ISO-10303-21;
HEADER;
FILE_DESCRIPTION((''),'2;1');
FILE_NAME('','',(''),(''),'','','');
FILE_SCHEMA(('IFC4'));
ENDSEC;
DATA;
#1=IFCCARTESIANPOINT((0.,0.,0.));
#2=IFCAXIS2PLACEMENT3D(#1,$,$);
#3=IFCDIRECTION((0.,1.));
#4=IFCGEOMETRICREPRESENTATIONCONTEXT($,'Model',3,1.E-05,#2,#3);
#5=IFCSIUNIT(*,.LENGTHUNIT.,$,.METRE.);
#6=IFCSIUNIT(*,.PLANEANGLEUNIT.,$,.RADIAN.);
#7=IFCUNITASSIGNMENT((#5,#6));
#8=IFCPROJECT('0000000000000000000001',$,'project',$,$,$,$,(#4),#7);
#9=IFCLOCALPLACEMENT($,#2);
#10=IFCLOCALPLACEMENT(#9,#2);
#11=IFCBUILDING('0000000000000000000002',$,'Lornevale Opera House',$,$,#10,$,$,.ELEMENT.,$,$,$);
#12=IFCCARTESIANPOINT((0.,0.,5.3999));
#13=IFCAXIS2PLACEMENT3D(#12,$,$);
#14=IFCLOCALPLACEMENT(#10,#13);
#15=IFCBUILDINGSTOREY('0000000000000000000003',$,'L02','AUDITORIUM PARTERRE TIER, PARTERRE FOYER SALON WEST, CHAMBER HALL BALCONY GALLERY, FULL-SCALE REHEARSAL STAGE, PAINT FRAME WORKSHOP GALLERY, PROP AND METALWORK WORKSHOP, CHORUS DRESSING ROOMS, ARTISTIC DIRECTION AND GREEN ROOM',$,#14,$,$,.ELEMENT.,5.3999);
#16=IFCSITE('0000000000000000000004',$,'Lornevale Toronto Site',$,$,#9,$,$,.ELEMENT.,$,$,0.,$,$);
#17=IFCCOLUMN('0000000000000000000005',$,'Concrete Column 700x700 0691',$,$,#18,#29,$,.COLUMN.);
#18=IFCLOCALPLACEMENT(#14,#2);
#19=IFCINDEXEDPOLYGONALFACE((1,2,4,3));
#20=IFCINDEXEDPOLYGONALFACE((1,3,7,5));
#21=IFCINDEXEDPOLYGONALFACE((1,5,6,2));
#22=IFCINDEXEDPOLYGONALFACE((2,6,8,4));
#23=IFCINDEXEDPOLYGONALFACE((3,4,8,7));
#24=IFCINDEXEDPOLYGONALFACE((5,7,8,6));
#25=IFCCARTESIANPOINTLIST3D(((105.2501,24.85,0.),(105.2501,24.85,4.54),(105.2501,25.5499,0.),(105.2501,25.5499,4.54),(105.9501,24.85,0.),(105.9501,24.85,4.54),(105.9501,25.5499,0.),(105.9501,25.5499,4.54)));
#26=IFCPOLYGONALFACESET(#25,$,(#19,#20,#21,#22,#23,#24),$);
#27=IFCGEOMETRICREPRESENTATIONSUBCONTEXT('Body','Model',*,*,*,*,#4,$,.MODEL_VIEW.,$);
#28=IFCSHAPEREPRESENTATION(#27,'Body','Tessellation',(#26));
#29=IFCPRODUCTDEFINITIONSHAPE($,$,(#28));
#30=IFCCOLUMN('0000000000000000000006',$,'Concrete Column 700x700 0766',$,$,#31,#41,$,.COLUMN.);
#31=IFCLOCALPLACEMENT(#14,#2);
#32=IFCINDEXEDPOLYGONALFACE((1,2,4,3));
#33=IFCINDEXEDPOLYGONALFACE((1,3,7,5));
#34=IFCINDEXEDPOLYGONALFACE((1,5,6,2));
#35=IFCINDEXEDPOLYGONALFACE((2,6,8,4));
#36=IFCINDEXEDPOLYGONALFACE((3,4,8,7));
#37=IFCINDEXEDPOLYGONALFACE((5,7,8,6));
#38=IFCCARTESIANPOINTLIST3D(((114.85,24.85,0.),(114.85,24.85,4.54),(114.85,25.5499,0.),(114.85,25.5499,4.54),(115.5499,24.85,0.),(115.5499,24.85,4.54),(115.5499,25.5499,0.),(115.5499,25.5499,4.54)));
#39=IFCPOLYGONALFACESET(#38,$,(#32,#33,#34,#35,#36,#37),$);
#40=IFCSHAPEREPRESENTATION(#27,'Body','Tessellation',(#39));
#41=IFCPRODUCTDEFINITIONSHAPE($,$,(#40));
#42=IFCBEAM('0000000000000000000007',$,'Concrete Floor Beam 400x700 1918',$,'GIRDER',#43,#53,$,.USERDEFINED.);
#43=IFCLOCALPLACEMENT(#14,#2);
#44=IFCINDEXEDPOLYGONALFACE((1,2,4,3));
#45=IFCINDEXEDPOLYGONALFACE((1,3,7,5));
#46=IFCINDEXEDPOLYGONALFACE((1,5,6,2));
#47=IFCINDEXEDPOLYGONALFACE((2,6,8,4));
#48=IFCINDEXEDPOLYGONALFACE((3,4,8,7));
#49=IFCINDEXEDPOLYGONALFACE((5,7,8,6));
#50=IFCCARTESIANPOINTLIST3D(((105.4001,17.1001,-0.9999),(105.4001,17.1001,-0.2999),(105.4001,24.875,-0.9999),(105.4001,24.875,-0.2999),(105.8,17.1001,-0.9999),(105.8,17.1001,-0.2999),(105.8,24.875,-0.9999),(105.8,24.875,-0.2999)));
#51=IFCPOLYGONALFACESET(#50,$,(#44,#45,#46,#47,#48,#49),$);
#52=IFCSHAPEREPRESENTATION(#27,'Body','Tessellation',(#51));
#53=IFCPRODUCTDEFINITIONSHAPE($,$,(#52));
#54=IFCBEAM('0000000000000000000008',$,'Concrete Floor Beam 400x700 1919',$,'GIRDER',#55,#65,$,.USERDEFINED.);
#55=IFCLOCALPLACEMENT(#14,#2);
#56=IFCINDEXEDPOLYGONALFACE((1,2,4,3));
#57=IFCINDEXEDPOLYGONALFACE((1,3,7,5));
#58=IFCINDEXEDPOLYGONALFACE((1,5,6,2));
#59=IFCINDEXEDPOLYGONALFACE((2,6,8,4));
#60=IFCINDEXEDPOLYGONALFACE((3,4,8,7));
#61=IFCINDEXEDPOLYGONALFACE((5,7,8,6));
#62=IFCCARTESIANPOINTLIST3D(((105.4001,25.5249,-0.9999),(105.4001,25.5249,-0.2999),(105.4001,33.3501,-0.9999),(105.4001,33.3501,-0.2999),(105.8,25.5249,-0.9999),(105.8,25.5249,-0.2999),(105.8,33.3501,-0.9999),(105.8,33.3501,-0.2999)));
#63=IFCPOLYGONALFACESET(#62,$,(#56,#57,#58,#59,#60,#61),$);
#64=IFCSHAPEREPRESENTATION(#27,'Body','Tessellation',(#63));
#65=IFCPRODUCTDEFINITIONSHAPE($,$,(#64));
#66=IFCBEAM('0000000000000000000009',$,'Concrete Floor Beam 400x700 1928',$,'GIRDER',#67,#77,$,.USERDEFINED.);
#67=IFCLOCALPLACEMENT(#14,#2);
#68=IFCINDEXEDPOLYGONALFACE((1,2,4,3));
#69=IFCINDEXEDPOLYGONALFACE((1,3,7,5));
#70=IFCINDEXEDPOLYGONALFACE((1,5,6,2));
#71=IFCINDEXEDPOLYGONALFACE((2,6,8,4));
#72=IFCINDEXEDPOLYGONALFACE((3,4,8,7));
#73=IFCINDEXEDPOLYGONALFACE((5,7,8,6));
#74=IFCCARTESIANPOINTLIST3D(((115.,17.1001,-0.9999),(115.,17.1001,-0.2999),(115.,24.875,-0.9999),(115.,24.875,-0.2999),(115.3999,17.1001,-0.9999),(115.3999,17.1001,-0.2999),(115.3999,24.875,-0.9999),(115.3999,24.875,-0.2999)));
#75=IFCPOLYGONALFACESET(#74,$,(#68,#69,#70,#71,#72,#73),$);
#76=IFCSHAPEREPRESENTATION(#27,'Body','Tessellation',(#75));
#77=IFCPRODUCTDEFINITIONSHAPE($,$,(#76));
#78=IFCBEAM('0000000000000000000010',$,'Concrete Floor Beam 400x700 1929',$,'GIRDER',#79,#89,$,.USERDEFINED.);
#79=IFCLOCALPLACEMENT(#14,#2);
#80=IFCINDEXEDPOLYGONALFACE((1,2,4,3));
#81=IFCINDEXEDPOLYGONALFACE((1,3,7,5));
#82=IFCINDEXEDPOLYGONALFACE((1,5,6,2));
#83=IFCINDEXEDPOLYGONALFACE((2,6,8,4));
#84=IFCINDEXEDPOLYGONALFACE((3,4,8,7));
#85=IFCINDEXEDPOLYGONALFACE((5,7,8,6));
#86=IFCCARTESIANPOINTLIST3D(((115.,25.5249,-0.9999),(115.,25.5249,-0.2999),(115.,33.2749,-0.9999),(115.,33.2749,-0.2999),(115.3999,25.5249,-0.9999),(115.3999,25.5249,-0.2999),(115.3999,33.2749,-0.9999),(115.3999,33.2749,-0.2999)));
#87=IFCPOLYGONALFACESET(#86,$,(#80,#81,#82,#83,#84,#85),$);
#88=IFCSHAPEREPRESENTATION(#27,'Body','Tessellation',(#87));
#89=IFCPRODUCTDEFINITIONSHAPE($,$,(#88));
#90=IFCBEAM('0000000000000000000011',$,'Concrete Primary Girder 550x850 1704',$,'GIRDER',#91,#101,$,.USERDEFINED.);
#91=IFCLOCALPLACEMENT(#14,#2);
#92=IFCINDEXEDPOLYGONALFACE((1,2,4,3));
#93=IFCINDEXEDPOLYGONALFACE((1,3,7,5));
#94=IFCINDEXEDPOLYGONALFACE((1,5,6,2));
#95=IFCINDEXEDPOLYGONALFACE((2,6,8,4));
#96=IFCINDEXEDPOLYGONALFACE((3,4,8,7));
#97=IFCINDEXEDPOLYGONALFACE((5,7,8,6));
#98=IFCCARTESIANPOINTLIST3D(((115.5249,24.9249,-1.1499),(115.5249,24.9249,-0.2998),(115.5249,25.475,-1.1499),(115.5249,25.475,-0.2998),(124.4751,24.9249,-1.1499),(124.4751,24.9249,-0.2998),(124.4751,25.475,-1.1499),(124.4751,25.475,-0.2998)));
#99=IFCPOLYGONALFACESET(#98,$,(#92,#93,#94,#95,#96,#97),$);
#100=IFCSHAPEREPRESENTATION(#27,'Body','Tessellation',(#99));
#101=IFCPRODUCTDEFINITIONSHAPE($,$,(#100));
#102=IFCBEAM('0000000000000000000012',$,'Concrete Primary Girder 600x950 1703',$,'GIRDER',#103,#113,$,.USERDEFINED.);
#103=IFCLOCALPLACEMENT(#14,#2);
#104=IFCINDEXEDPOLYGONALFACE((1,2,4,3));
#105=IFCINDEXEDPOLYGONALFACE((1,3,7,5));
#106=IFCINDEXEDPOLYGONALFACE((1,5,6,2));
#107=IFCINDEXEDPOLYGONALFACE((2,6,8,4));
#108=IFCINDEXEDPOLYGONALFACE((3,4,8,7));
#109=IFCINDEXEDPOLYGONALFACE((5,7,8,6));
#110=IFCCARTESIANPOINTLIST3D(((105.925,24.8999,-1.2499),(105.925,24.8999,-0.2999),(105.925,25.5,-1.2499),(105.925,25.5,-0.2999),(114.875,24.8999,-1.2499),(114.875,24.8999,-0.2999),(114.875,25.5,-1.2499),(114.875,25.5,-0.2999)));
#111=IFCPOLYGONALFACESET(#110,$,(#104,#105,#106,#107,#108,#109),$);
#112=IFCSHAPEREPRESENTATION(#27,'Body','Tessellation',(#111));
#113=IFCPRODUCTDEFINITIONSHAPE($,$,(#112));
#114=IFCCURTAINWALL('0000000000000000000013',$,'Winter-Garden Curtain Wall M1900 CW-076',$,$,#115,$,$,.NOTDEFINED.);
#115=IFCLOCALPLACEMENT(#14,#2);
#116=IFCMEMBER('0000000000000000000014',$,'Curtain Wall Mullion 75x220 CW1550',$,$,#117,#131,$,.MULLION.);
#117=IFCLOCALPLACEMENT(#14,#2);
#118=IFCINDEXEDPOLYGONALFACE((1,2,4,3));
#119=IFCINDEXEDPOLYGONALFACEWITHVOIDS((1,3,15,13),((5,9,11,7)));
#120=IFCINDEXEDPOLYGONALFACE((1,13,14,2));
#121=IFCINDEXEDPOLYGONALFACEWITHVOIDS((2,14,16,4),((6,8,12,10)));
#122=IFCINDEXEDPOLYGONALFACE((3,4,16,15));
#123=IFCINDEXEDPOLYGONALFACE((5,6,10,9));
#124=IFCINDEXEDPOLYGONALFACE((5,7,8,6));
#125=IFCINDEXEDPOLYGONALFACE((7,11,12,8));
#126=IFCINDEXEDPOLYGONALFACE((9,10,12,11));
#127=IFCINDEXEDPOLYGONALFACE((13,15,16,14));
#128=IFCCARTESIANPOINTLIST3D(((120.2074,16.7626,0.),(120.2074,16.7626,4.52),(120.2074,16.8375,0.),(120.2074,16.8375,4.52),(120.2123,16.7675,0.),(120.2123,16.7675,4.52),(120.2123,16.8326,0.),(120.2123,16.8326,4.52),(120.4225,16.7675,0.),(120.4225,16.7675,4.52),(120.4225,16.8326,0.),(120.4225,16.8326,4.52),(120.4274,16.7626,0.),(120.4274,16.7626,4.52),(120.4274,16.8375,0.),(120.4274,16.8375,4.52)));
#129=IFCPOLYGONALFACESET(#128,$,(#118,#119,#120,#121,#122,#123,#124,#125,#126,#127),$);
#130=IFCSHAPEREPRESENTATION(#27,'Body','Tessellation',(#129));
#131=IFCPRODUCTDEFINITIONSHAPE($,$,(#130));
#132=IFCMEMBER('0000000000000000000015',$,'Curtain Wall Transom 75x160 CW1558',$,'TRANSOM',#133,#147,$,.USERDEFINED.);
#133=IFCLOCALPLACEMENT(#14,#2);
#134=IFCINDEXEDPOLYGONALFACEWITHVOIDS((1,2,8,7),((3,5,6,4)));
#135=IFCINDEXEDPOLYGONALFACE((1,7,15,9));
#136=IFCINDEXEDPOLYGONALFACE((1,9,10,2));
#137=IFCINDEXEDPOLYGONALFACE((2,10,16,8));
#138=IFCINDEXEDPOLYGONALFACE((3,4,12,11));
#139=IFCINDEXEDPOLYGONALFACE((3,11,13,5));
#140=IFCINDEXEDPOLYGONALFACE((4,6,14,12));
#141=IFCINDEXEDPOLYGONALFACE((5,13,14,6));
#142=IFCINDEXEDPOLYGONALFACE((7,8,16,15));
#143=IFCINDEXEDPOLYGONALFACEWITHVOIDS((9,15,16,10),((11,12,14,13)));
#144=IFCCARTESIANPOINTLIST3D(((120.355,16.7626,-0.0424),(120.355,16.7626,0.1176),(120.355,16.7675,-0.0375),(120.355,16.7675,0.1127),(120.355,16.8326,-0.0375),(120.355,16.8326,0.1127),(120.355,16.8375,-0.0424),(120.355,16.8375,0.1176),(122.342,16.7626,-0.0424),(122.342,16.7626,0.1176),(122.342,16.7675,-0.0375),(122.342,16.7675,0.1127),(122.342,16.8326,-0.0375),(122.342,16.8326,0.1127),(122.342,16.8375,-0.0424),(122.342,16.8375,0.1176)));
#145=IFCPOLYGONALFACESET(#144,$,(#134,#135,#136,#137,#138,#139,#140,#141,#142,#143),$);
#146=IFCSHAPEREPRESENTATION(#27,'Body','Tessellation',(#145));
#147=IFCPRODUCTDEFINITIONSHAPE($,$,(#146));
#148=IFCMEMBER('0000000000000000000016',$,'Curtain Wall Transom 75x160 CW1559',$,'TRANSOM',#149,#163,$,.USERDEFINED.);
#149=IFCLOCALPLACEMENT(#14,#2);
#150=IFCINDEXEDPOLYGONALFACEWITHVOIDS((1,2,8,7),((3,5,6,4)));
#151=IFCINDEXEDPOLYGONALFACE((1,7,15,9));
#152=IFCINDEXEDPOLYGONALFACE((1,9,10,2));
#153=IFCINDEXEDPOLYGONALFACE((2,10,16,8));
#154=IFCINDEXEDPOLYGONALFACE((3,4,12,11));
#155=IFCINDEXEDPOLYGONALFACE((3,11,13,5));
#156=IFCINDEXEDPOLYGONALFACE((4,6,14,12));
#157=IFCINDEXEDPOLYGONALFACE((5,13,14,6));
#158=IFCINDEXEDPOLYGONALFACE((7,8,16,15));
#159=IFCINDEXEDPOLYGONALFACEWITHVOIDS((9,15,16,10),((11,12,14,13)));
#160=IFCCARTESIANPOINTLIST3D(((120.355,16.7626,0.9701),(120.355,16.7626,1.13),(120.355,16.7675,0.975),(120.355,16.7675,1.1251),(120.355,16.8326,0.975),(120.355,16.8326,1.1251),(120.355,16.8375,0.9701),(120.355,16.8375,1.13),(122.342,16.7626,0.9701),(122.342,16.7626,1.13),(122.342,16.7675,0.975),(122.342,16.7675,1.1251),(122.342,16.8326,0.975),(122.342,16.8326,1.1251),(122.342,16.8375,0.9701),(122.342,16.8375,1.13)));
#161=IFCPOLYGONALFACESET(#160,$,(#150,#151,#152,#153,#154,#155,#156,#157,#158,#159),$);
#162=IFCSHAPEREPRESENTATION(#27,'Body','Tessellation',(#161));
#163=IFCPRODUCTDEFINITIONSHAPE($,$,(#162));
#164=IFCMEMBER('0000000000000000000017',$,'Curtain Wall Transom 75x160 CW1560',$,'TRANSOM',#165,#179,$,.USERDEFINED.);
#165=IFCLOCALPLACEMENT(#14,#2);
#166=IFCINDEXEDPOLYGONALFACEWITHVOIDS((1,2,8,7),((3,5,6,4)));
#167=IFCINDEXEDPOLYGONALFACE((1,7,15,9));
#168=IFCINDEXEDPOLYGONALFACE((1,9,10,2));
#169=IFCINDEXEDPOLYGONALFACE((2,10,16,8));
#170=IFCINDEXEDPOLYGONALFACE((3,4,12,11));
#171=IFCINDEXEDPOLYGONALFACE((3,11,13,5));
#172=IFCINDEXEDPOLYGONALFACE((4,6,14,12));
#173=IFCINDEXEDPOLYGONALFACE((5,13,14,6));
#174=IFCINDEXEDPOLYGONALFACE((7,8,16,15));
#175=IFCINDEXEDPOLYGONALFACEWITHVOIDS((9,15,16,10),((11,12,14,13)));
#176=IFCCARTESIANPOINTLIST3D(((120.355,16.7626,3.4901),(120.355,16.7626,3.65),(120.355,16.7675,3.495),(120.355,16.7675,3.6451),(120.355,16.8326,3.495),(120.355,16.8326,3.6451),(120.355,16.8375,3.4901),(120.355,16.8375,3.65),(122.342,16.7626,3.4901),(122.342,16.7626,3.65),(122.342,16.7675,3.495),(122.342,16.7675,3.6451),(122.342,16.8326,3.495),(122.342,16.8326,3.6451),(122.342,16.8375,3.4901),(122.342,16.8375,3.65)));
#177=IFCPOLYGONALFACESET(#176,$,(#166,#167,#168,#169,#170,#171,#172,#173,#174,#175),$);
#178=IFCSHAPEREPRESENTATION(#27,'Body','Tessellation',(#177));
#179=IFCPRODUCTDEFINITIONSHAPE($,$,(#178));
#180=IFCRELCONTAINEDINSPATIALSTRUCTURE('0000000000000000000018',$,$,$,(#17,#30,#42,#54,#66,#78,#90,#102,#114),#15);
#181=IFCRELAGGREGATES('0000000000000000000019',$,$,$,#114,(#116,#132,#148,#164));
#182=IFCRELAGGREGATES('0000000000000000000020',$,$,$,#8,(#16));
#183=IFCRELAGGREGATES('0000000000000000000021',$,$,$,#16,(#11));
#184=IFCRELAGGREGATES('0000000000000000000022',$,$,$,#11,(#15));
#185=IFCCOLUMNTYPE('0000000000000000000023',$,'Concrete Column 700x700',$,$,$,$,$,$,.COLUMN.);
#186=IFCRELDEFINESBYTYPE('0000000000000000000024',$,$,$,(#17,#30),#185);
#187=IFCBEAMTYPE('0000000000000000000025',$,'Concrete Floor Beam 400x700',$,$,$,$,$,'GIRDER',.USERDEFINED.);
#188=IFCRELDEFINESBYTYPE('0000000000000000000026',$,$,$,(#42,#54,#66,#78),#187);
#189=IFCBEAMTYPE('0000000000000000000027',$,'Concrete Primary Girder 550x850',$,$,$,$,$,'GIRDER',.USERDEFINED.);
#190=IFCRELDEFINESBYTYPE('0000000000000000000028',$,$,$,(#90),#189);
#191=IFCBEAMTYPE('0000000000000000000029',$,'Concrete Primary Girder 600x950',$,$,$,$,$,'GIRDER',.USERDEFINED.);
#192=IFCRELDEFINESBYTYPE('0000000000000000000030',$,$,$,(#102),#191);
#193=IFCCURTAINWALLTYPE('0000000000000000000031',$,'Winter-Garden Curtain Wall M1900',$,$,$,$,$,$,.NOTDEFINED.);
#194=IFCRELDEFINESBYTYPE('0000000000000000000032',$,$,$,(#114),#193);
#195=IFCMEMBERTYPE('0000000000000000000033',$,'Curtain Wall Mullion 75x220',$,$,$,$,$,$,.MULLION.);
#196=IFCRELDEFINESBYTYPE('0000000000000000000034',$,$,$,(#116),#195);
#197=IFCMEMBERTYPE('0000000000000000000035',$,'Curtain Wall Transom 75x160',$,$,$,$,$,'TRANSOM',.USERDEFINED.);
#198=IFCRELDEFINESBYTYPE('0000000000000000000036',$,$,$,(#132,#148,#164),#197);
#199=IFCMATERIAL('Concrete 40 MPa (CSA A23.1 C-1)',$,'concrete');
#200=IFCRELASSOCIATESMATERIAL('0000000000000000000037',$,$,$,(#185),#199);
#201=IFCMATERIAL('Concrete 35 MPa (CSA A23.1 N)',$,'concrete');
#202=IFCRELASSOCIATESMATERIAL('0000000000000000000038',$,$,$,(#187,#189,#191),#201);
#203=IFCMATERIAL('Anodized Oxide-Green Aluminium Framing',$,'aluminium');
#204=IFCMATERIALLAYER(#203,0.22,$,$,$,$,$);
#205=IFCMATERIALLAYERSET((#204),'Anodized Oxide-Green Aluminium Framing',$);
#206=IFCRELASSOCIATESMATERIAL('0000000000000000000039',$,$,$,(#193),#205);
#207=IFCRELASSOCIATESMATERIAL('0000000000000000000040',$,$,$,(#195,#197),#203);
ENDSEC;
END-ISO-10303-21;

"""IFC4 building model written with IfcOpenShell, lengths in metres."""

from ifc_helpers import new_model, si_unit, direction, frame, origin, origin_2d, place, context, subcontext, project, spatial, rectangle, hollow_rectangle, extrude, material, layer, layer_set, material_profile, profile_set, type_object, element, aggregate, save


model = new_model("IFC4")

# Units and contexts
model_context = context("Model", 3, precision=1e-05, world=origin(), true_north=direction((0.0, 1.0)))
body_context = subcontext(model_context, "Body", "Model", "MODEL_VIEW")
ifc_project = project(units=[si_unit("LENGTHUNIT", "METRE"), si_unit("PLANEANGLEUNIT", "RADIAN")], contexts=[model_context])

# Site, building, storey
site_placement = place(None, origin())
site = spatial("IfcSite", under=ifc_project, at=site_placement, Name="Lornevale Toronto Site", CompositionType="ELEMENT", RefElevation=0.0)
building_placement = place(site_placement, origin())
building = spatial("IfcBuilding", under=site, at=building_placement, Name="Lornevale Opera House", CompositionType="ELEMENT")
storey_placement = place(building_placement, frame((0.0, 0.0, 5.3999)))
storey = spatial("IfcBuildingStorey", under=building, at=storey_placement, Name="L02", Description="AUDITORIUM PARTERRE TIER, PARTERRE FOYER SALON WEST, CHAMBER HALL BALCONY GALLERY, FULL-SCALE REHEARSAL STAGE, PAINT FRAME WORKSHOP GALLERY, PROP AND METALWORK WORKSHOP, CHORUS DRESSING ROOMS, ARTISTIC DIRECTION AND GREEN ROOM", CompositionType="ELEMENT", Elevation=5.3999)

# Columns
ifc_material_1 = material(Name="Concrete 40 MPa (CSA A23.1 C-1)", Category="concrete")
ifc_material_profile_1 = material_profile(ifc_material_1, rectangle(XDim=0.7, YDim=0.7, at=origin_2d()), Name="RC700x700")
ifc_profile_set_1 = profile_set([ifc_material_profile_1], Name="Concrete 40 MPa (CSA A23.1 C-1)")
column_type = type_object("IfcColumnType", Name="Concrete Column 700x700", PredefinedType="COLUMN", material=ifc_profile_set_1)
for number, where, z_axis, x_axis, name in (
    (1, (105.6001, 25.2, 0.0), (0.0, 0.0, 1.0), (1.0, 0.0, 0.0), "Concrete Column 700x700 0691"),
    (2, (115.2, 25.2, 0.0), (0.0, 0.0, 1.0), (1.0, 0.0, 0.0), "Concrete Column 700x700 0766"),
):
    element("IfcColumn", number, at=place(storey_placement, frame(where, z_axis=z_axis, x_axis=x_axis)), inside=storey, type_object=column_type, Name=name, PredefinedType="COLUMN", context=body_context, shape_type="SweptSolid", body=[
        extrude(rectangle(XDim=0.7, YDim=0.7, at=origin_2d()), origin(), (0.0, 0.0, 1.0), 4.54),
    ])

# Beams
ifc_material_2 = material(Name="Concrete 35 MPa (CSA A23.1 N)", Category="concrete")
ifc_material_profile_2 = material_profile(ifc_material_2, rectangle(XDim=0.3999, YDim=0.7, at=origin_2d()), Name="RC400x700")
ifc_profile_set_2 = profile_set([ifc_material_profile_2], Name="Concrete 35 MPa (CSA A23.1 N)")
beam_type_1 = type_object("IfcBeamType", Name="Concrete Floor Beam 400x700", ElementType="GIRDER", PredefinedType="USERDEFINED", material=ifc_profile_set_2)
beam_1_placement = place(storey_placement, frame((105.6001, 17.1001, -0.6499), z_axis=(0.0, 1.0, 0.0), x_axis=(-1.0, 0.0, 0.0)))
element("IfcBeam", 3, at=beam_1_placement, inside=storey, type_object=beam_type_1, Name="Concrete Floor Beam 400x700 1918", ObjectType="GIRDER", PredefinedType="USERDEFINED", context=body_context, shape_type="SweptSolid", body=[
    extrude(rectangle(XDim=0.3999, YDim=0.7, at=origin_2d()), origin(), (0.0, 0.0, 1.0), 7.7749),
])
beam_2_placement = place(storey_placement, frame((105.6001, 25.5249, -0.6499), z_axis=(0.0, 1.0, 0.0), x_axis=(-1.0, 0.0, 0.0)))
element("IfcBeam", 4, at=beam_2_placement, inside=storey, type_object=beam_type_1, Name="Concrete Floor Beam 400x700 1919", ObjectType="GIRDER", PredefinedType="USERDEFINED", context=body_context, shape_type="SweptSolid", body=[
    extrude(rectangle(XDim=0.3999, YDim=0.7, at=origin_2d()), origin(), (0.0, 0.0, 1.0), 7.8252),
])
beam_3_placement = place(storey_placement, frame((115.2, 17.1001, -0.6499), z_axis=(0.0, 1.0, 0.0), x_axis=(-1.0, 0.0, 0.0)))
element("IfcBeam", 5, at=beam_3_placement, inside=storey, type_object=beam_type_1, Name="Concrete Floor Beam 400x700 1928", ObjectType="GIRDER", PredefinedType="USERDEFINED", context=body_context, shape_type="SweptSolid", body=[
    extrude(rectangle(XDim=0.3999, YDim=0.7, at=origin_2d()), origin(), (0.0, 0.0, 1.0), 7.7749),
])
beam_4_placement = place(storey_placement, frame((115.2, 25.5249, -0.6499), z_axis=(0.0, 1.0, 0.0), x_axis=(-1.0, 0.0, 0.0)))
element("IfcBeam", 6, at=beam_4_placement, inside=storey, type_object=beam_type_1, Name="Concrete Floor Beam 400x700 1929", ObjectType="GIRDER", PredefinedType="USERDEFINED", context=body_context, shape_type="SweptSolid", body=[
    extrude(rectangle(XDim=0.3999, YDim=0.7, at=origin_2d()), origin(), (0.0, 0.0, 1.0), 7.75),
])
ifc_material_profile_3 = material_profile(ifc_material_2, rectangle(XDim=0.55, YDim=0.8501, at=origin_2d()), Name="RC550x850")
ifc_profile_set_3 = profile_set([ifc_material_profile_3], Name="Concrete 35 MPa (CSA A23.1 N)")
beam_type_2 = type_object("IfcBeamType", Name="Concrete Primary Girder 550x850", ElementType="GIRDER", PredefinedType="USERDEFINED", material=ifc_profile_set_3)
beam_5_placement = place(storey_placement, frame((115.5249, 25.2, -0.7249), z_axis=(1.0, 0.0, 0.0), x_axis=(0.0, 1.0, 0.0)))
element("IfcBeam", 7, at=beam_5_placement, inside=storey, type_object=beam_type_2, Name="Concrete Primary Girder 550x850 1704", ObjectType="GIRDER", PredefinedType="USERDEFINED", context=body_context, shape_type="SweptSolid", body=[
    extrude(rectangle(XDim=0.55, YDim=0.8501, at=origin_2d()), origin(), (0.0, 0.0, 1.0), 8.9502),
])
ifc_material_profile_4 = material_profile(ifc_material_2, rectangle(XDim=0.6001, YDim=0.95, at=origin_2d()), Name="RC600x950")
ifc_profile_set_4 = profile_set([ifc_material_profile_4], Name="Concrete 35 MPa (CSA A23.1 N)")
beam_type_3 = type_object("IfcBeamType", Name="Concrete Primary Girder 600x950", ElementType="GIRDER", PredefinedType="USERDEFINED", material=ifc_profile_set_4)
beam_6_placement = place(storey_placement, frame((105.925, 25.2, -0.7749), z_axis=(1.0, 0.0, 0.0), x_axis=(0.0, 1.0, 0.0)))
element("IfcBeam", 8, at=beam_6_placement, inside=storey, type_object=beam_type_3, Name="Concrete Primary Girder 600x950 1703", ObjectType="GIRDER", PredefinedType="USERDEFINED", context=body_context, shape_type="SweptSolid", body=[
    extrude(rectangle(XDim=0.6001, YDim=0.95, at=origin_2d()), origin(), (0.0, 0.0, 1.0), 8.95),
])

# Curtain wall, members
ifc_material_3 = material(Name="Anodized Oxide-Green Aluminium Framing", Category="aluminium")
ifc_layer_1 = layer(ifc_material_3, 0.22)
ifc_layer_set_1 = layer_set([ifc_layer_1], Name="Anodized Oxide-Green Aluminium Framing")
curtain_wall_type = type_object("IfcCurtainWallType", Name="Winter-Garden Curtain Wall M1900", PredefinedType="NOTDEFINED", material=ifc_layer_set_1)
curtain_wall_placement = place(storey_placement, origin())
curtain_wall = element("IfcCurtainWall", 9, at=curtain_wall_placement, inside=storey, type_object=curtain_wall_type, Name="Winter-Garden Curtain Wall M1900 CW-076", PredefinedType="NOTDEFINED")
ifc_material_profile_5 = material_profile(ifc_material_3, hollow_rectangle(XDim=0.075, YDim=0.22, WallThickness=0.0049, at=origin_2d()), Name="ALU75x220x5")
ifc_profile_set_5 = profile_set([ifc_material_profile_5], Name="Anodized Oxide-Green Aluminium Framing")
member_type_1 = type_object("IfcMemberType", Name="Curtain Wall Mullion 75x220", PredefinedType="MULLION", material=ifc_profile_set_5)
member_1_placement = place(storey_placement, frame((120.3174, 16.8, 0.0), z_axis=(0.0, 0.0, 1.0), x_axis=(0.0, -1.0, 0.0)))
member_1 = element("IfcMember", 10, at=member_1_placement, type_object=member_type_1, Name="Curtain Wall Mullion 75x220 CW1550", PredefinedType="MULLION", context=body_context, shape_type="SweptSolid", body=[
    extrude(hollow_rectangle(XDim=0.075, YDim=0.22, WallThickness=0.0049, at=origin_2d()), origin(), (0.0, 0.0, 1.0), 4.52),
])
ifc_material_profile_6 = material_profile(ifc_material_3, hollow_rectangle(XDim=0.075, YDim=0.1599, WallThickness=0.0049, at=origin_2d()), Name="ALU75x160x5")
ifc_profile_set_6 = profile_set([ifc_material_profile_6], Name="Anodized Oxide-Green Aluminium Framing")
member_type_2 = type_object("IfcMemberType", Name="Curtain Wall Transom 75x160", ElementType="TRANSOM", PredefinedType="USERDEFINED", material=ifc_profile_set_6)
member_2_placement = place(storey_placement, frame((122.342, 16.8, 0.0376), z_axis=(-1.0, 0.0, 0.0), x_axis=(0.0, -1.0, 0.0)))
member_2 = element("IfcMember", 11, at=member_2_placement, type_object=member_type_2, Name="Curtain Wall Transom 75x160 CW1558", ObjectType="TRANSOM", PredefinedType="USERDEFINED", context=body_context, shape_type="SweptSolid", body=[
    extrude(hollow_rectangle(XDim=0.075, YDim=0.1599, WallThickness=0.0049, at=origin_2d()), origin(), (0.0, 0.0, 1.0), 1.9871),
])
member_3_placement = place(storey_placement, frame((122.342, 16.8, 1.05), z_axis=(-1.0, 0.0, 0.0), x_axis=(0.0, -1.0, 0.0)))
member_3 = element("IfcMember", 12, at=member_3_placement, type_object=member_type_2, Name="Curtain Wall Transom 75x160 CW1559", ObjectType="TRANSOM", PredefinedType="USERDEFINED", context=body_context, shape_type="SweptSolid", body=[
    extrude(hollow_rectangle(XDim=0.075, YDim=0.1599, WallThickness=0.0049, at=origin_2d()), origin(), (0.0, 0.0, 1.0), 1.9871),
])
member_4_placement = place(storey_placement, frame((122.342, 16.8, 3.5701), z_axis=(-1.0, 0.0, 0.0), x_axis=(0.0, -1.0, 0.0)))
member_4 = element("IfcMember", 13, at=member_4_placement, type_object=member_type_2, Name="Curtain Wall Transom 75x160 CW1560", ObjectType="TRANSOM", PredefinedType="USERDEFINED", context=body_context, shape_type="SweptSolid", body=[
    extrude(hollow_rectangle(XDim=0.075, YDim=0.1599, WallThickness=0.0049, at=origin_2d()), origin(), (0.0, 0.0, 1.0), 1.9871),
])

aggregate(curtain_wall, [member_1, member_2, member_3, member_4])

save(model, "model.ifc")
